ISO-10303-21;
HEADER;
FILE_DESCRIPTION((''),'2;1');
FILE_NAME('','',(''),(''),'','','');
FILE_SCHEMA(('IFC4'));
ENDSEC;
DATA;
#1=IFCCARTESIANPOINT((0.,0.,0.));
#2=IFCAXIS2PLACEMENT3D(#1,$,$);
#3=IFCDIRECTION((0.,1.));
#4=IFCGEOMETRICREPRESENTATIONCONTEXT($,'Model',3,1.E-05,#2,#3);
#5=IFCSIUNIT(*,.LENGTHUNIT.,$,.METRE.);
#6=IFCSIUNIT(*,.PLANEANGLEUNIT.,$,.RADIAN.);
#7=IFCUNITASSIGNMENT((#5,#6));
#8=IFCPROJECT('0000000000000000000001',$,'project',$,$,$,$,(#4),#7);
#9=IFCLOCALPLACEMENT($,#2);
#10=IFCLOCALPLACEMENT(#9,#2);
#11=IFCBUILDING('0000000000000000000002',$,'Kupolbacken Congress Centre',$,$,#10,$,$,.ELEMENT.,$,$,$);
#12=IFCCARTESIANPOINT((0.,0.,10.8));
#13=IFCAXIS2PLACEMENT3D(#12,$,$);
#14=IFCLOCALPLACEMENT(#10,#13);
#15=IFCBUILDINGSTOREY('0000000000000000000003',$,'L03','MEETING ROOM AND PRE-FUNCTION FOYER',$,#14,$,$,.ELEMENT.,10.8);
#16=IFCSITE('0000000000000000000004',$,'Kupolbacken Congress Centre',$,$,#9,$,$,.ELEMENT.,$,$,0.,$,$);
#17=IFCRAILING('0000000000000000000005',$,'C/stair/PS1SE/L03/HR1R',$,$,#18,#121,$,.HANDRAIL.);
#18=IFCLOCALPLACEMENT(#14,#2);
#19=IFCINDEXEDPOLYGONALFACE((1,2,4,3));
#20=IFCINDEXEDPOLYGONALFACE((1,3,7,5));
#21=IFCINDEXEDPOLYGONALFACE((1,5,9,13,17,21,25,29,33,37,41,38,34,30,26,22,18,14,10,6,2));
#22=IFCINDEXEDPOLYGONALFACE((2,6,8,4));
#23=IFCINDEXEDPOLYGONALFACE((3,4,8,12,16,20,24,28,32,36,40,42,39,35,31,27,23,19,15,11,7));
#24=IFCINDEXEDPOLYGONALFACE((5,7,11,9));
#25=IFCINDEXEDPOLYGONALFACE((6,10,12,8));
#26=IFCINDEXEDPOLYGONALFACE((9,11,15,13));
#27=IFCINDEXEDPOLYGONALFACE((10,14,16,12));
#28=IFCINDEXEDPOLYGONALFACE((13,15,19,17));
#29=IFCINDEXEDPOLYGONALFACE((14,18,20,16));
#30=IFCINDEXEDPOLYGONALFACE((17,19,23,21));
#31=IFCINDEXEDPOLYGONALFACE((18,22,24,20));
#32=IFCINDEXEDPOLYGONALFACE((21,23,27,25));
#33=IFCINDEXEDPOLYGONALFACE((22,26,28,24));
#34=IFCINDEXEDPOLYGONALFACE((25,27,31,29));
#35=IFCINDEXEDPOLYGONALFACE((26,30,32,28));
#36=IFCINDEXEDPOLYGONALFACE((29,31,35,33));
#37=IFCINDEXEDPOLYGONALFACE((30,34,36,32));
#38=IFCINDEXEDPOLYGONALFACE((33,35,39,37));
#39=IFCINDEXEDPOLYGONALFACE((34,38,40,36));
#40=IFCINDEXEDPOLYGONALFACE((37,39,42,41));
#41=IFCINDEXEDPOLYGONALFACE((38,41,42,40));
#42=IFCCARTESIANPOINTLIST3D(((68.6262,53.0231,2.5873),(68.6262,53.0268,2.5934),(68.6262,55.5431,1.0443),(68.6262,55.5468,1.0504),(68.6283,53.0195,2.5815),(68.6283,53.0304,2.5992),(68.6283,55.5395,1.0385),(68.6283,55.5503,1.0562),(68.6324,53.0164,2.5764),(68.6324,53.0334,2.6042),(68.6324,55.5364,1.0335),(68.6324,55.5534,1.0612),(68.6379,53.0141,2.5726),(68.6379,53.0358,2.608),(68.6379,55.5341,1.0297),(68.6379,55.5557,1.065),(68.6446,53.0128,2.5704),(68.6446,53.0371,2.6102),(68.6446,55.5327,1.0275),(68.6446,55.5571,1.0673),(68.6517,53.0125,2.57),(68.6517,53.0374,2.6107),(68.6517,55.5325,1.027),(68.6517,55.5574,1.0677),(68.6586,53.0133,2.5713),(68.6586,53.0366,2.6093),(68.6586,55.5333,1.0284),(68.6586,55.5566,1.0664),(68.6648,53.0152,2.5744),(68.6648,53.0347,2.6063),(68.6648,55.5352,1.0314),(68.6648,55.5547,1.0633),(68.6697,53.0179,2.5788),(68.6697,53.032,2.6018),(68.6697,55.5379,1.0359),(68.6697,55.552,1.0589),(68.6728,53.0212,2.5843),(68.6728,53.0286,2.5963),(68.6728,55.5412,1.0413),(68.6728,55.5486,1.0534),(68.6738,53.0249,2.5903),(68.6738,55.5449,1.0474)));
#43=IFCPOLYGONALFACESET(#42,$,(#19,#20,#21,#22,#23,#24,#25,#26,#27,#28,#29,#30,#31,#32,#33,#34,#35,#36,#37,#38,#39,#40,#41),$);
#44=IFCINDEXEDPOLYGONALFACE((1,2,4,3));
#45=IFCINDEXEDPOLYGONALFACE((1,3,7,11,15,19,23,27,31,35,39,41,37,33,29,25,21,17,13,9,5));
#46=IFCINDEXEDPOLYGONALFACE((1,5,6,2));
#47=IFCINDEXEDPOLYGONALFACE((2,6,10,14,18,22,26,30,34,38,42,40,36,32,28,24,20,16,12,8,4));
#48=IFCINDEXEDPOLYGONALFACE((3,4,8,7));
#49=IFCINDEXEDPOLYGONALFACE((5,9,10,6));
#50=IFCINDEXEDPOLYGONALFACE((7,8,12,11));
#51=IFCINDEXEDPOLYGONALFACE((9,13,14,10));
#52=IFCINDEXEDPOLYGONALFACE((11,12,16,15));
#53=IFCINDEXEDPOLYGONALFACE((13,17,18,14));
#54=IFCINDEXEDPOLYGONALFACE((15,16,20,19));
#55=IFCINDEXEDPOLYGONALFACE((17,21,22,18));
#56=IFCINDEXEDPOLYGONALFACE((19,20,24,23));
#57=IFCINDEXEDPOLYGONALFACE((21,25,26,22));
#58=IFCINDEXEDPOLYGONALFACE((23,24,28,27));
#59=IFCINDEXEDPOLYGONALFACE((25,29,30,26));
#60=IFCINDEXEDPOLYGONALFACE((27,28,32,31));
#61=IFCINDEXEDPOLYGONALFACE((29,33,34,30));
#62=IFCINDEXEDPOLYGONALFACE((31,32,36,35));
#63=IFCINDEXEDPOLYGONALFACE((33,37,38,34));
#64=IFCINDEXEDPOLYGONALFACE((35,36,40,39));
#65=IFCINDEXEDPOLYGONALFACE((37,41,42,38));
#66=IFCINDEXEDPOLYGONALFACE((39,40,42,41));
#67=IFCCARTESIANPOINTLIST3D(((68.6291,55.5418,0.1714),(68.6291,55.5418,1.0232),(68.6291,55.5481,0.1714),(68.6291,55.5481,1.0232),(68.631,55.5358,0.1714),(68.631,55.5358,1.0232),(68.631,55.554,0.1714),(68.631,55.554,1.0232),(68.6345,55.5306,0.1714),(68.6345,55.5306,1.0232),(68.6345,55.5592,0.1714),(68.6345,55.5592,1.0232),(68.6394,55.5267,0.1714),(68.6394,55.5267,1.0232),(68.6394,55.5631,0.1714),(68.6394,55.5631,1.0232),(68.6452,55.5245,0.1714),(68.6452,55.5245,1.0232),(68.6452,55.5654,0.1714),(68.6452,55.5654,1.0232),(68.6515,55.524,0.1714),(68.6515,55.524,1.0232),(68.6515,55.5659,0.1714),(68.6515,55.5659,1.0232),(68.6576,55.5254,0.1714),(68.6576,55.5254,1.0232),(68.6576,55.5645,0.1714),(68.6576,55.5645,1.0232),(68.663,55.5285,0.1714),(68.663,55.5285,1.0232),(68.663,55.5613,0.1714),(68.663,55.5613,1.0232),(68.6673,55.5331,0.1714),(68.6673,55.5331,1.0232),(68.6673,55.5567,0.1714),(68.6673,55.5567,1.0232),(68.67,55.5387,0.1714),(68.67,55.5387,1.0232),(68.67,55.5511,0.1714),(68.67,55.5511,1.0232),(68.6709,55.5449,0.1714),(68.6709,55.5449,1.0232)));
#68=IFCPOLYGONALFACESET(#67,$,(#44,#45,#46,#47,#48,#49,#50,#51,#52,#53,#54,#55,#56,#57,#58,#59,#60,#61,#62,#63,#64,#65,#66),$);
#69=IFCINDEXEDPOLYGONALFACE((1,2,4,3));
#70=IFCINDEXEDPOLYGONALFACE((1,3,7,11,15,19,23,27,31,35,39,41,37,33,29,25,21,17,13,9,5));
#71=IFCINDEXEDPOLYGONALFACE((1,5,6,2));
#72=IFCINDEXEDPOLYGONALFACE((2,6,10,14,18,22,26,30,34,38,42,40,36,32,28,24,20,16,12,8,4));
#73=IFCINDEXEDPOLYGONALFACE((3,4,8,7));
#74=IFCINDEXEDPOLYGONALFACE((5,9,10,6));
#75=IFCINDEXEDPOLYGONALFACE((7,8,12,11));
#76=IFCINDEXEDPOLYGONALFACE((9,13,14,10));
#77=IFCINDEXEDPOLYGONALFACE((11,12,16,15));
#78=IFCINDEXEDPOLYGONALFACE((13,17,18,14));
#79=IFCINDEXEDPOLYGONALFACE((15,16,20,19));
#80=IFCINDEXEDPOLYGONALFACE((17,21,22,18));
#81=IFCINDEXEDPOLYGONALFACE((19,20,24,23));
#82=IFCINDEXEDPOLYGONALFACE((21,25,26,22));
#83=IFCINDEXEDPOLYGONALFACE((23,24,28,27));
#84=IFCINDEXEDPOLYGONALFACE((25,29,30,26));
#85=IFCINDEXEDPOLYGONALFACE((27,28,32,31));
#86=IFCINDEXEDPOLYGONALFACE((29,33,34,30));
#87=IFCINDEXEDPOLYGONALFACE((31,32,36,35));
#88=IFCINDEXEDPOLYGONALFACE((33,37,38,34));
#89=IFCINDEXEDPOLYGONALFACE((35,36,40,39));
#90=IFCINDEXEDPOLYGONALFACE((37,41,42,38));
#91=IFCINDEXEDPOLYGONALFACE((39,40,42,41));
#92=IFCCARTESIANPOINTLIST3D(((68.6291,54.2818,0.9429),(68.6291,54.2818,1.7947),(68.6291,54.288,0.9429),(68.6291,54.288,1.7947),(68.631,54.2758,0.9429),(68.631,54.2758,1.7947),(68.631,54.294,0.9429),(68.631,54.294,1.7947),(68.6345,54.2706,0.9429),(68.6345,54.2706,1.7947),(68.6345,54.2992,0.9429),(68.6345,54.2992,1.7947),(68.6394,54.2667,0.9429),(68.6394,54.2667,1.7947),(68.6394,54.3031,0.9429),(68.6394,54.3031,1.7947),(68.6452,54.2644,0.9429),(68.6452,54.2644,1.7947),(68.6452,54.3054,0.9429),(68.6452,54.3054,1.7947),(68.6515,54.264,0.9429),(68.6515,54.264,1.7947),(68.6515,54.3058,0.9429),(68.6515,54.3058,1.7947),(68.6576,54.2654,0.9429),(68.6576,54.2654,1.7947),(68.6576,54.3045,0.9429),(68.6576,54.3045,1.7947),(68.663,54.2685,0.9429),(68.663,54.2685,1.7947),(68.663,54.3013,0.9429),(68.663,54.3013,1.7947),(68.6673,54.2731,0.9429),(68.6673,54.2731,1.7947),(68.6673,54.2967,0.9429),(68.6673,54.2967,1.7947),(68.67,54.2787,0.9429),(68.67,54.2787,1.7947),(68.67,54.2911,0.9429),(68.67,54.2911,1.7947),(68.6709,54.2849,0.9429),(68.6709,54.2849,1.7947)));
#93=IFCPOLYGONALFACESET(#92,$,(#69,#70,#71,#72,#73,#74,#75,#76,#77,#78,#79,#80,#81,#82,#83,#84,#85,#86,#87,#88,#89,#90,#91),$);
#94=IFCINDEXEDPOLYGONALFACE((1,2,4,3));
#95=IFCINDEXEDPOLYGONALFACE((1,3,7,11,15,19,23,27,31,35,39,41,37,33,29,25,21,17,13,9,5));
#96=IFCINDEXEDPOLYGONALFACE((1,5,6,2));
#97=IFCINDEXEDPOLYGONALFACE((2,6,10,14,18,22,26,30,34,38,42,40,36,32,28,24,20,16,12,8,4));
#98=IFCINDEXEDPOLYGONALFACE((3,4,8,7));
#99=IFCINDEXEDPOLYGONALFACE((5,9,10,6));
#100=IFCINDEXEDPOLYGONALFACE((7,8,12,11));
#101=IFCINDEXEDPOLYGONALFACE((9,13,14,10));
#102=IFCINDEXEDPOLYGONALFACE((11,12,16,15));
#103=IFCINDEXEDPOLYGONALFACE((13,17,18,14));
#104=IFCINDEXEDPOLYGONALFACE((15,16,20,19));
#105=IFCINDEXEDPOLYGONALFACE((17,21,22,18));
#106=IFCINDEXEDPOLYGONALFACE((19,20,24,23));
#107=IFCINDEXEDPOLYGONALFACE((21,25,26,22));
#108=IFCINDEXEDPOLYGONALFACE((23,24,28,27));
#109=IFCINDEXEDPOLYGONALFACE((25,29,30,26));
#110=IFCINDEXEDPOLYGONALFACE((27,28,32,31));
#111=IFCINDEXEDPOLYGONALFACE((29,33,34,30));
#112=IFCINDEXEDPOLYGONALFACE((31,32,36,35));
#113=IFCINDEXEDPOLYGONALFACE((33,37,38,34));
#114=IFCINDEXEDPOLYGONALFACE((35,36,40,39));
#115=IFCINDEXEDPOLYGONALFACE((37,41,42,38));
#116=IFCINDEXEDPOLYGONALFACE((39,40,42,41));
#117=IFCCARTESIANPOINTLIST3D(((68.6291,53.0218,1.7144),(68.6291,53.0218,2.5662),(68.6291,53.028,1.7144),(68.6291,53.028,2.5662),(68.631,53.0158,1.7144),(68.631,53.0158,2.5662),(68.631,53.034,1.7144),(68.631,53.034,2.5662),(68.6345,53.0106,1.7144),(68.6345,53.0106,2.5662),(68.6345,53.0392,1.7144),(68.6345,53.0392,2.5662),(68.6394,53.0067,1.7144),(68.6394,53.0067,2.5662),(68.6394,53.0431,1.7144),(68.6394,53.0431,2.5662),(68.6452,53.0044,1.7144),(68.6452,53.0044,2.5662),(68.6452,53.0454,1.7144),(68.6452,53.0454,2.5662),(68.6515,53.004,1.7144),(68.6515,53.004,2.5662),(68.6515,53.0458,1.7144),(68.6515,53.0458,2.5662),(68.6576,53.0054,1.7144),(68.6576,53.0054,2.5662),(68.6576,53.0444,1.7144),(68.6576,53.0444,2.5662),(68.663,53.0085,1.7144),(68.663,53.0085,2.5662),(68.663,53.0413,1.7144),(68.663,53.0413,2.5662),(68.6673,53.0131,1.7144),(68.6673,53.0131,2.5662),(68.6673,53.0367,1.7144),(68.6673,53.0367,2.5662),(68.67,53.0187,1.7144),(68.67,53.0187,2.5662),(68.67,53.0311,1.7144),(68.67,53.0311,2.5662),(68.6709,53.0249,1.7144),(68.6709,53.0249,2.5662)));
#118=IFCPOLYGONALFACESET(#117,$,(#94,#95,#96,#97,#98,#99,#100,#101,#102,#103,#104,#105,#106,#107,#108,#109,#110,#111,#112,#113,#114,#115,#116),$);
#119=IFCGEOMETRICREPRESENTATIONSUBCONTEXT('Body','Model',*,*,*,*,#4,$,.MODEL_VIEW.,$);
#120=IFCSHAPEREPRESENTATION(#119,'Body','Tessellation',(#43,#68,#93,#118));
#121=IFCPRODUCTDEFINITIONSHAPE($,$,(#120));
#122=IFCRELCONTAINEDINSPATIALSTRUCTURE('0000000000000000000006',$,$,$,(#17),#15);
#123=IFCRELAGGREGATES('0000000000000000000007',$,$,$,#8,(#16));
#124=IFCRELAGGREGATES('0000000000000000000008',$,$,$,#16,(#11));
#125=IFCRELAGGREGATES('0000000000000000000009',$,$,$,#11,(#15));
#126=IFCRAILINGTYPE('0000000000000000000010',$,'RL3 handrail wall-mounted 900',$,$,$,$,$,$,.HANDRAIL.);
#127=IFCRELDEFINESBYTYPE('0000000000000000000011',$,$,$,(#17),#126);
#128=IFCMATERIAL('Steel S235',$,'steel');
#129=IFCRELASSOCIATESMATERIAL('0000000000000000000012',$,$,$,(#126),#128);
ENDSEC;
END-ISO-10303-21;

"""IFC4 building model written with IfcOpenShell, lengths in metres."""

from ifc_helpers import new_model, si_unit, direction, frame, origin, origin_2d, place, context, subcontext, project, spatial, circle, extrude, material, type_object, element, save


model = new_model("IFC4")

# Units and contexts
model_context = context("Model", 3, precision=1e-05, world=origin(), true_north=direction((0.0, 1.0)))
body_context = subcontext(model_context, "Body", "Model", "MODEL_VIEW")
ifc_project = project(units=[si_unit("LENGTHUNIT", "METRE"), si_unit("PLANEANGLEUNIT", "RADIAN")], contexts=[model_context])

# Site, building, storey
site_placement = place(None, origin())
site = spatial("IfcSite", under=ifc_project, at=site_placement, Name="Kupolbacken Congress Centre", CompositionType="ELEMENT", RefElevation=0.0)
building_placement = place(site_placement, origin())
building = spatial("IfcBuilding", under=site, at=building_placement, Name="Kupolbacken Congress Centre", CompositionType="ELEMENT")
storey_placement = place(building_placement, frame((0.0, 0.0, 10.8)))
storey = spatial("IfcBuildingStorey", under=building, at=storey_placement, Name="L03", Description="MEETING ROOM AND PRE-FUNCTION FOYER", CompositionType="ELEMENT", Elevation=10.8)

# Railing
ifc_material_1 = material(Name="Steel S235", Category="steel")
railing_type = type_object("IfcRailingType", Name="RL3 handrail wall-mounted 900", PredefinedType="HANDRAIL", material=ifc_material_1)
for number, where, name in (
    (1, (68.6499, 55.5449, 0.1714), "C/stair/PS1SE/L03/HR1R"),
):
    element("IfcRailing", number, at=place(storey_placement, frame(where)), inside=storey, type_object=railing_type, Name=name, PredefinedType="HANDRAIL", context=body_context, shape_type="SweptSolid", body=[
        extrude(circle(Radius=0.0239, at=origin_2d()), frame((0.0, 0.0, 0.876), z_axis=(0.0, -0.852836, 0.522178), x_axis=(1.0, 0.0, 0.0)), (0.0, 0.0, 1.0), 2.9548),
        extrude(circle(Radius=0.021, at=origin_2d()), origin(), (0.0, 0.0, 1.0), 0.8518),
        extrude(circle(Radius=0.021, at=origin_2d()), frame((0.0, -1.26, 0.7715)), (0.0, 0.0, 1.0), 0.8518),
        extrude(circle(Radius=0.021, at=origin_2d()), frame((0.0, -2.52, 1.543)), (0.0, 0.0, 1.0), 0.8518),
    ])

save(model, "model.ifc")
